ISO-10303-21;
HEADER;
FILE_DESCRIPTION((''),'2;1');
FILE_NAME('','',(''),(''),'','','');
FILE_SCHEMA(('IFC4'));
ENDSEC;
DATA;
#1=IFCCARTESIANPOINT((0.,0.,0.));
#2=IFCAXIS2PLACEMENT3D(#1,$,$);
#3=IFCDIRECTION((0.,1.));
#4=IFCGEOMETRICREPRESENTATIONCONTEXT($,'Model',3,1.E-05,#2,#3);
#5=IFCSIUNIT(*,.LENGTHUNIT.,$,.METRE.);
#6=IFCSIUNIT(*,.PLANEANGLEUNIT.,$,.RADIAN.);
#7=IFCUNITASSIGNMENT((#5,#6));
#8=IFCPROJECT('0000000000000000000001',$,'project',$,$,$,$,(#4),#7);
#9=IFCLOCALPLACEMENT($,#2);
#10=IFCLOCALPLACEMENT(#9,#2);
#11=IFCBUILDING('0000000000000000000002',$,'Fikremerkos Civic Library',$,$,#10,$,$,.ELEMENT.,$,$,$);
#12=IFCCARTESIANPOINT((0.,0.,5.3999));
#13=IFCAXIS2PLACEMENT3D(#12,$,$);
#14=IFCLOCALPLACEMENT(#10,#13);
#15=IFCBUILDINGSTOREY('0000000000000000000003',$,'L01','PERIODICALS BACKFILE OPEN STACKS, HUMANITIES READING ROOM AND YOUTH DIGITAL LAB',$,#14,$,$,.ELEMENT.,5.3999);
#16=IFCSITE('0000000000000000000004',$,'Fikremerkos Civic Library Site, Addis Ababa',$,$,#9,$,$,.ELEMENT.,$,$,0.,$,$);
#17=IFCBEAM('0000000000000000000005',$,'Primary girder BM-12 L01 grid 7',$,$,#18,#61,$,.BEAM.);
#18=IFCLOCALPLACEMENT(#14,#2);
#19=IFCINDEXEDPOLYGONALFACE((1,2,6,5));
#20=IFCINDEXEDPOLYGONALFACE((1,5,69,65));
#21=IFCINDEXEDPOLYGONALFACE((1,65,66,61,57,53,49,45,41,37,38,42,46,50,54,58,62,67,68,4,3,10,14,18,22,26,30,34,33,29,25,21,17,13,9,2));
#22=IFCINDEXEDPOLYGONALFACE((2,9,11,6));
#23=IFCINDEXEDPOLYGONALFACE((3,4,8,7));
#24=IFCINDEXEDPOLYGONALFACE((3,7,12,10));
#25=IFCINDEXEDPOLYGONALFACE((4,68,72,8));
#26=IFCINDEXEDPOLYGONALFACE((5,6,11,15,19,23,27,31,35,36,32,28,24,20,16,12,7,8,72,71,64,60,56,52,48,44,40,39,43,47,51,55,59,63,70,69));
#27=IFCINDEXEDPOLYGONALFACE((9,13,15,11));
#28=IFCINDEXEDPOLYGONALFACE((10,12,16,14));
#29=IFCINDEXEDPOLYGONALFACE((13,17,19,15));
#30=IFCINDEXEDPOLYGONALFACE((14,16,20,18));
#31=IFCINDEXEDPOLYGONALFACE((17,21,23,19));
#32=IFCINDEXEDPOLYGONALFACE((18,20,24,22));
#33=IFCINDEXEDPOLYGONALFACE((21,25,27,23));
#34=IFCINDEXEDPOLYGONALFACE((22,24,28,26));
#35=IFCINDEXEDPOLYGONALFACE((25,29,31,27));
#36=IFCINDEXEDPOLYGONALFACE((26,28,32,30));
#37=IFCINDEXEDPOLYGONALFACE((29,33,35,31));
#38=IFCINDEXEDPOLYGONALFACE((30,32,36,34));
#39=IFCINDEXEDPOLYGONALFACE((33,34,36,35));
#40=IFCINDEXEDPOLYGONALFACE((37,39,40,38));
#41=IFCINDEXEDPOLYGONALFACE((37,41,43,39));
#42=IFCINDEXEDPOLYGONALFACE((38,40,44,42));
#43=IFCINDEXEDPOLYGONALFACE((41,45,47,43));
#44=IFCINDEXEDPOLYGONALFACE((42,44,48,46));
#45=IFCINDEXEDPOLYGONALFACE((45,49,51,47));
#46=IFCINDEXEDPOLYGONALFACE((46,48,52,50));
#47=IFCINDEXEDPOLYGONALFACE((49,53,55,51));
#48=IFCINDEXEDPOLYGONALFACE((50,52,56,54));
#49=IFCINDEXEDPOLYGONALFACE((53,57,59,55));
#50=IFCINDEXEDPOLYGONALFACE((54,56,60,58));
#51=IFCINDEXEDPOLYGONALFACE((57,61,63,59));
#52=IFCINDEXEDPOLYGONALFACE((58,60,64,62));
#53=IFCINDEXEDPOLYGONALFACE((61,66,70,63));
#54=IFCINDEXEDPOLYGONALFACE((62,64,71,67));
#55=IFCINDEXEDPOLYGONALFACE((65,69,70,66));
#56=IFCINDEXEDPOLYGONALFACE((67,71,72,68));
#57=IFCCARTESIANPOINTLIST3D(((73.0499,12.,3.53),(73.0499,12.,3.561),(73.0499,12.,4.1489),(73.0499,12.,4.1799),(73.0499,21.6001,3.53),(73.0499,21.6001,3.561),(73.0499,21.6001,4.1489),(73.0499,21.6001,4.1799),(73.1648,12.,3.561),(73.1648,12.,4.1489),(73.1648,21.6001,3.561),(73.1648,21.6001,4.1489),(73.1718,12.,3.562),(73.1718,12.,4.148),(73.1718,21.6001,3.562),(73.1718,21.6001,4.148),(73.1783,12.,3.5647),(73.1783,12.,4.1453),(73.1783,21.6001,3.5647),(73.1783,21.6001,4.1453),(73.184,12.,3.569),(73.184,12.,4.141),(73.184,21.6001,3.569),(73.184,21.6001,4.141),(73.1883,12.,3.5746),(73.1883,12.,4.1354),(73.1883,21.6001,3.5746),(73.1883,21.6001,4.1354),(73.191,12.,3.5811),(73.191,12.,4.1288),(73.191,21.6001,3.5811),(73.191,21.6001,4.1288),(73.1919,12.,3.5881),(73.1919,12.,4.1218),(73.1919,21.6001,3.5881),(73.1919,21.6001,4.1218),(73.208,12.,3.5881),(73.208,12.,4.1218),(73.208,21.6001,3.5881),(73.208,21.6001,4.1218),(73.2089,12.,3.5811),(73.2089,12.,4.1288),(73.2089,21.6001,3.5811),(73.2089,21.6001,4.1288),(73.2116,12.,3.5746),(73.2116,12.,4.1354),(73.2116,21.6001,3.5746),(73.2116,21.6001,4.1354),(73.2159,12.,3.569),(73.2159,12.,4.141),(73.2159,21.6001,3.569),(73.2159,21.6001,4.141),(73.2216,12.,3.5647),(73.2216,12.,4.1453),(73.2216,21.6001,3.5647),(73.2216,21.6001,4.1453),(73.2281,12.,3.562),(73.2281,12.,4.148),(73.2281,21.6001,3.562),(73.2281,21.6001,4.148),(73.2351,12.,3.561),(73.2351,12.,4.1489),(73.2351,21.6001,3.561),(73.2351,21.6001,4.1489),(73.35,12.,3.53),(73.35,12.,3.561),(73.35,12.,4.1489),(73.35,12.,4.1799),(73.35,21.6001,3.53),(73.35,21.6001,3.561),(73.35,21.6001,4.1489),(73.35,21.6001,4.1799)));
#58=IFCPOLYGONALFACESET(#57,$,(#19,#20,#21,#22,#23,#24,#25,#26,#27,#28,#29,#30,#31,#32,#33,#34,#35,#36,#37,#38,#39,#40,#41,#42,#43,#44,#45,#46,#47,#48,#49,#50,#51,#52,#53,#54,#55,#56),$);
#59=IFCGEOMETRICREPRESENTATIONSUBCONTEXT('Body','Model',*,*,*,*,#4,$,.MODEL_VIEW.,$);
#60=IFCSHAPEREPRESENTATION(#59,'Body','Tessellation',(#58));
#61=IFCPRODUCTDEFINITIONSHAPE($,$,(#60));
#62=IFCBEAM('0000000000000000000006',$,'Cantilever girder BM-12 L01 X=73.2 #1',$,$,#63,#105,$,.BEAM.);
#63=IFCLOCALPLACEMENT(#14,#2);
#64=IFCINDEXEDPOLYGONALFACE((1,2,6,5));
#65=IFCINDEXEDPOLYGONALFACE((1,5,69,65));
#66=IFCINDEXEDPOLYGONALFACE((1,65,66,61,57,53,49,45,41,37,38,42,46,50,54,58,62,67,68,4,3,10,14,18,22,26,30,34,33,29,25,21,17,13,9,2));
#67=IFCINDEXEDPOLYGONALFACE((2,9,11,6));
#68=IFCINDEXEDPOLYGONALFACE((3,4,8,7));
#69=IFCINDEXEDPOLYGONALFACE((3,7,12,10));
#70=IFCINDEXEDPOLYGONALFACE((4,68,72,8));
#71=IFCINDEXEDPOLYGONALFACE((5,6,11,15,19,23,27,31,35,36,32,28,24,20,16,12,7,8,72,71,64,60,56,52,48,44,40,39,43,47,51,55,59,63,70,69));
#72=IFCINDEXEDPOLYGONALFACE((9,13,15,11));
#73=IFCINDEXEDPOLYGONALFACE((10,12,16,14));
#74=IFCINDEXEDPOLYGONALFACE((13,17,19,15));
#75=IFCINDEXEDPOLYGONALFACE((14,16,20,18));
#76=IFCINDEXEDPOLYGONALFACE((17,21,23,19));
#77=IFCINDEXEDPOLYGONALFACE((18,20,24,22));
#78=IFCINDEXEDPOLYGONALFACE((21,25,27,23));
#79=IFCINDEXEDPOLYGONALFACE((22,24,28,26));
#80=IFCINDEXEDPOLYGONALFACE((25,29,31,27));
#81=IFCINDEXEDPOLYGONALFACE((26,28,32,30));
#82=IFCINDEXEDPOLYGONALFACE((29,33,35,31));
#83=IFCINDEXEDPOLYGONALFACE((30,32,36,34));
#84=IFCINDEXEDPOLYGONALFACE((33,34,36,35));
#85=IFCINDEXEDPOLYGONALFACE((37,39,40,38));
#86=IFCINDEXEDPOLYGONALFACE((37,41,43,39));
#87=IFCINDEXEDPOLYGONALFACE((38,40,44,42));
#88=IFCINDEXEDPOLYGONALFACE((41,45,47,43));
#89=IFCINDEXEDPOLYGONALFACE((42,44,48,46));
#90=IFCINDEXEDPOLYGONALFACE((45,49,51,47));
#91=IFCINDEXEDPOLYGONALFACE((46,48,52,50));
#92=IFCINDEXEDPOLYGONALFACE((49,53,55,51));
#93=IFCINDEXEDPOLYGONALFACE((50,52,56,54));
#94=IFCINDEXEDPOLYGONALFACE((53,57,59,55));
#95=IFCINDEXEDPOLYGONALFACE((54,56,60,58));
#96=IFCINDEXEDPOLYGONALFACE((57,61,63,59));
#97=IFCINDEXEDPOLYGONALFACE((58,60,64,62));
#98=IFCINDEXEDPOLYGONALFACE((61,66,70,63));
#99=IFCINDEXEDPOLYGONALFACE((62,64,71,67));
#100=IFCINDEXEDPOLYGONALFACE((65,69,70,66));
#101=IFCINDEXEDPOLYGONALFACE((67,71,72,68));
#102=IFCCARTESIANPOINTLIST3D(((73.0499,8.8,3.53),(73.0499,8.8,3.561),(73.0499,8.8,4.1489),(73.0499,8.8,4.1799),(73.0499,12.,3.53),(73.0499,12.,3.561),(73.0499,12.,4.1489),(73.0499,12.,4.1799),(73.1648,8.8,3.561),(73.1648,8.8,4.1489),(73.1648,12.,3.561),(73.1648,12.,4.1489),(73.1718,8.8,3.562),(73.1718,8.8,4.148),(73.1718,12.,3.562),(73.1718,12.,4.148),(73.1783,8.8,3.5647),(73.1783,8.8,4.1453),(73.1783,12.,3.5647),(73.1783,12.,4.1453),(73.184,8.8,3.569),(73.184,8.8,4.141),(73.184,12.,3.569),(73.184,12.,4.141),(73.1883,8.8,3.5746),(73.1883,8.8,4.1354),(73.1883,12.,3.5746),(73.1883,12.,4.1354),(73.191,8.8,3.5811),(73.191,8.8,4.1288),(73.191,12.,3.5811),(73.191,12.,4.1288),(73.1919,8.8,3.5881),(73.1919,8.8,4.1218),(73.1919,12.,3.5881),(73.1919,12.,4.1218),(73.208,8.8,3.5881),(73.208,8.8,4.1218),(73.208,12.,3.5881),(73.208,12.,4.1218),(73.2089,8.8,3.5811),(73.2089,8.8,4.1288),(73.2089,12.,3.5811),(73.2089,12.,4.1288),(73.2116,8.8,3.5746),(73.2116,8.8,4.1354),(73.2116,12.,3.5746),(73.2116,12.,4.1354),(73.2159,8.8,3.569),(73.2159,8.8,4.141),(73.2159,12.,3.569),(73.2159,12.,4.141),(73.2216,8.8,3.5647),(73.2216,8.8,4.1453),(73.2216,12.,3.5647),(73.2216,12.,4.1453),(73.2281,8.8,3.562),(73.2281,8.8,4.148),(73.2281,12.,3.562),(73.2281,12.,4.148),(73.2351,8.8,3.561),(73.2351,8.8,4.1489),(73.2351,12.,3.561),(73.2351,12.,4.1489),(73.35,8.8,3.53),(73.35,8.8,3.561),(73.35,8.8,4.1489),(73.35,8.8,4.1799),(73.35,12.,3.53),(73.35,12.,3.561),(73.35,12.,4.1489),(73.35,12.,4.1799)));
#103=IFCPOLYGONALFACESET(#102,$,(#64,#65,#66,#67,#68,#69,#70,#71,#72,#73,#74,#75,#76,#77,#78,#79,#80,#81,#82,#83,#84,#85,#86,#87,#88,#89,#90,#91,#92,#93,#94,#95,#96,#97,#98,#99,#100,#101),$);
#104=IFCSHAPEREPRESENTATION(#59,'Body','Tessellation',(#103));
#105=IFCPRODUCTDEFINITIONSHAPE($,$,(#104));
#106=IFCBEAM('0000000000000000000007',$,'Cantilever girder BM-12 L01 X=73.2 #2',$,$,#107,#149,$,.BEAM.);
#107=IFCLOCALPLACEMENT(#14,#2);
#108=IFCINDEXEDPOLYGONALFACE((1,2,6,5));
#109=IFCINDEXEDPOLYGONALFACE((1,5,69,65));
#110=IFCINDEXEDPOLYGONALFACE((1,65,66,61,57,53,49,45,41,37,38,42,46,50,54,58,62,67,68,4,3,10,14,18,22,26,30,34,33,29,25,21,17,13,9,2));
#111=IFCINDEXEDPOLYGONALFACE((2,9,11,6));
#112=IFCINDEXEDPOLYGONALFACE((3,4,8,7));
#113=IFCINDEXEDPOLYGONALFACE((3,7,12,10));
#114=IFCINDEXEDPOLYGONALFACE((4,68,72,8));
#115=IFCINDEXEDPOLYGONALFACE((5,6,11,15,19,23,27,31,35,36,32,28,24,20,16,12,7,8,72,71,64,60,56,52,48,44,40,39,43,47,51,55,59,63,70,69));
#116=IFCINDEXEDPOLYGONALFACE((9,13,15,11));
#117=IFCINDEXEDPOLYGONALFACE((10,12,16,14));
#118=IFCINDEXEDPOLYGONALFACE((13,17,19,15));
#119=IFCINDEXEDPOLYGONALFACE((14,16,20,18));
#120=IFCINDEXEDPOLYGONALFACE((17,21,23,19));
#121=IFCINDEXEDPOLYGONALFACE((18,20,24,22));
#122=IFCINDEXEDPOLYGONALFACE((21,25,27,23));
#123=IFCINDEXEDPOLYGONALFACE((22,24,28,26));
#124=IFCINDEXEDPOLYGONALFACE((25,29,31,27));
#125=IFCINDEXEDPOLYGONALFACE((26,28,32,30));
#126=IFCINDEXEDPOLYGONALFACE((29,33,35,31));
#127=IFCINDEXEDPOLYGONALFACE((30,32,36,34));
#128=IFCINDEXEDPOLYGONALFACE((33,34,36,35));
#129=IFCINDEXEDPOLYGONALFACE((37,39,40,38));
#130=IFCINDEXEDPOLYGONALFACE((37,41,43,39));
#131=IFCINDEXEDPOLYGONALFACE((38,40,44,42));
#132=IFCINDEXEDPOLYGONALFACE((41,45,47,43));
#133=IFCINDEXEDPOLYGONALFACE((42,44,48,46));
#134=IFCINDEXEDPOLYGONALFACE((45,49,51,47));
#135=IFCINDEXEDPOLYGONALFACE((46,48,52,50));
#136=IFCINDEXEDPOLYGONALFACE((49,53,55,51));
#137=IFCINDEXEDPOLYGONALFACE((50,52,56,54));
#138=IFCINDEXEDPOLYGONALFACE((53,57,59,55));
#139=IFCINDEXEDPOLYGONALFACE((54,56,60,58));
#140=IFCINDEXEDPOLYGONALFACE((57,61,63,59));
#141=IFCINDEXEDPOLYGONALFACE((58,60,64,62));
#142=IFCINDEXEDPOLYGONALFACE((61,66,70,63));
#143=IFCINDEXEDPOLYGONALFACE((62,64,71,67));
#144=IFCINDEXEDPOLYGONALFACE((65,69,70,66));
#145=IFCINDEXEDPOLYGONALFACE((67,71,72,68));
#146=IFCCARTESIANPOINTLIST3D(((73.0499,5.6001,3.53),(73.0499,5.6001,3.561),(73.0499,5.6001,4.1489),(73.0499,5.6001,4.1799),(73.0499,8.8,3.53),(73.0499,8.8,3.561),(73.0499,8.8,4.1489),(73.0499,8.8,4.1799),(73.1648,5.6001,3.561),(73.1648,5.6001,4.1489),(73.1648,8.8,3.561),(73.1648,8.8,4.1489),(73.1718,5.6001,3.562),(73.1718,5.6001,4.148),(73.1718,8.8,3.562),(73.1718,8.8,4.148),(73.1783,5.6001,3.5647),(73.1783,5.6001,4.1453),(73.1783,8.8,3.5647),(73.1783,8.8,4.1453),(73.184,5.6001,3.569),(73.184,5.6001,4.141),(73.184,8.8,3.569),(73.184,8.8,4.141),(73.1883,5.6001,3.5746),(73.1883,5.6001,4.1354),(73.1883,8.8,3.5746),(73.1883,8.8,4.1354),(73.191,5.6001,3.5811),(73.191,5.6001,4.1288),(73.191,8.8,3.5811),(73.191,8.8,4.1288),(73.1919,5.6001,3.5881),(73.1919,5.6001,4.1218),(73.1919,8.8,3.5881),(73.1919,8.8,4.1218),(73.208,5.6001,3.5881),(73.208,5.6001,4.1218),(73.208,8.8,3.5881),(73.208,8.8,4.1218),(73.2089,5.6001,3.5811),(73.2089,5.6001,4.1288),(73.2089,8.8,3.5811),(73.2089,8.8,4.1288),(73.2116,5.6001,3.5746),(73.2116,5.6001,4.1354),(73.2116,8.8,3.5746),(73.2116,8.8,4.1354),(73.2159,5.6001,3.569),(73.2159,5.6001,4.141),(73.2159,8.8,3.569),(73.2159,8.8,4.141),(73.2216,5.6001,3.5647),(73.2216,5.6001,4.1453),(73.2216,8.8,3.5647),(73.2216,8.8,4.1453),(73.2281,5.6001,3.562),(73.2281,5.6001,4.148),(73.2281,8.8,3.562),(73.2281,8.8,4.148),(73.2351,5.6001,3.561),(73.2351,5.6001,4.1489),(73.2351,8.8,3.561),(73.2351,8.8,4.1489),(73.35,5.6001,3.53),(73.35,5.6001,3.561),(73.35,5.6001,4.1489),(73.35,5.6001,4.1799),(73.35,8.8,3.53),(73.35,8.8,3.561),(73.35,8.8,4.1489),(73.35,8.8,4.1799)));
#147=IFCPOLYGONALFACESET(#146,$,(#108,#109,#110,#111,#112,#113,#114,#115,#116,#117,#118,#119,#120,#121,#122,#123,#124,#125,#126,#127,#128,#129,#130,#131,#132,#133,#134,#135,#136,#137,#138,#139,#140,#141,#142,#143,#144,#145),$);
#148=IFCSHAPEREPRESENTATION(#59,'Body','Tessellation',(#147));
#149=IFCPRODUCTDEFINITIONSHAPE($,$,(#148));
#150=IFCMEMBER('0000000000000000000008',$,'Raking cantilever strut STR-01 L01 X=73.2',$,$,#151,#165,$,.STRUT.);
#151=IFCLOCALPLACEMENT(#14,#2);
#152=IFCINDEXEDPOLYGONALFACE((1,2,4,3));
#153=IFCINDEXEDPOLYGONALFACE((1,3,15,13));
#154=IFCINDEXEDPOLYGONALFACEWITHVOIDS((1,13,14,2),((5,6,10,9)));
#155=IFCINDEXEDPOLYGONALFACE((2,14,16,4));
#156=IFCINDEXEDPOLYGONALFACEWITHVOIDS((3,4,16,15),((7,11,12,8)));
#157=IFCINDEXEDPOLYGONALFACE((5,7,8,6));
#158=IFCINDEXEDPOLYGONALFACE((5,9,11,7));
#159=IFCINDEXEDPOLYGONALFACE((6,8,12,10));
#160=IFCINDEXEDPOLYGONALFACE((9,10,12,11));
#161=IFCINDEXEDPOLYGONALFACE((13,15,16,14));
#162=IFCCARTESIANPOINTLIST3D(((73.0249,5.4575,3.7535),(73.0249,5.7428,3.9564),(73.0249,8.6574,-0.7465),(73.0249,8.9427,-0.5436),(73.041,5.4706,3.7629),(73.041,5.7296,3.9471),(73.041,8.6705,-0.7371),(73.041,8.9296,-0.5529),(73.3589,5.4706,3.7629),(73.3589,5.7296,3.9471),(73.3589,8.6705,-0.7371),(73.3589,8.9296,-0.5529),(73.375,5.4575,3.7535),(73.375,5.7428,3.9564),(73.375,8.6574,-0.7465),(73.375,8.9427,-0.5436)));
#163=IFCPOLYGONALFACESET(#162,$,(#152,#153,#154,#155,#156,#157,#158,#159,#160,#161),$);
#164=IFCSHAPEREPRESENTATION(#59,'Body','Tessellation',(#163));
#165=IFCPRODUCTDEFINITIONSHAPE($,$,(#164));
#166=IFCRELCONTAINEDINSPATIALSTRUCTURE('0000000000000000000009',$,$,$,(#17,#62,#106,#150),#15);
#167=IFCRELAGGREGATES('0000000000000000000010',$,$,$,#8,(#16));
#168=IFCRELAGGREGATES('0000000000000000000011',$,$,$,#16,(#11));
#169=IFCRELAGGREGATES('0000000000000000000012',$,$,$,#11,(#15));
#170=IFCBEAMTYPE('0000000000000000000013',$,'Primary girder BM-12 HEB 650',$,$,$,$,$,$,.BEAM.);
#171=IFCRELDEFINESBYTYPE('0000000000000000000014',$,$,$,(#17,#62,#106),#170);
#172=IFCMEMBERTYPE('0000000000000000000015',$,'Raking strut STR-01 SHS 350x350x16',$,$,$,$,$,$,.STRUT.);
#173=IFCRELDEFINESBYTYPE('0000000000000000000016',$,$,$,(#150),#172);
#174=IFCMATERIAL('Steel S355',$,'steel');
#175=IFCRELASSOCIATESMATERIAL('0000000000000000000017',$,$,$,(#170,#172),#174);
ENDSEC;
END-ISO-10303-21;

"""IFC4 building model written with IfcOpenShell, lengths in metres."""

from ifc_helpers import new_model, si_unit, direction, frame, origin, origin_2d, place, context, subcontext, project, spatial, hollow_rectangle, i_section, extrude, material, material_profile, profile_set, type_object, element, save


model = new_model("IFC4")

# Units and contexts
model_context = context("Model", 3, precision=1e-05, world=origin(), true_north=direction((0.0, 1.0)))
body_context = subcontext(model_context, "Body", "Model", "MODEL_VIEW")
ifc_project = project(units=[si_unit("LENGTHUNIT", "METRE"), si_unit("PLANEANGLEUNIT", "RADIAN")], contexts=[model_context])

# Site, building, storey
site_placement = place(None, origin())
site = spatial("IfcSite", under=ifc_project, at=site_placement, Name="Fikremerkos Civic Library Site, Addis Ababa", CompositionType="ELEMENT", RefElevation=0.0)
building_placement = place(site_placement, origin())
building = spatial("IfcBuilding", under=site, at=building_placement, Name="Fikremerkos Civic Library", CompositionType="ELEMENT")
storey_placement = place(building_placement, frame((0.0, 0.0, 5.3999)))
storey = spatial("IfcBuildingStorey", under=building, at=storey_placement, Name="L01", Description="PERIODICALS BACKFILE OPEN STACKS, HUMANITIES READING ROOM AND YOUTH DIGITAL LAB", CompositionType="ELEMENT", Elevation=5.3999)

# Shared definitions
ifc_material_1 = material(Name="Steel S355", Category="steel")

# Beams
ifc_material_profile_1 = material_profile(ifc_material_1, i_section(OverallWidth=0.3, OverallDepth=0.6499, WebThickness=0.0161, FlangeThickness=0.031, FilletRadius=0.0271, at=origin_2d()), Name="HEB 650")
ifc_profile_set_1 = profile_set([ifc_material_profile_1], Name="Steel S355")
beam_type_1 = type_object("IfcBeamType", Name="Primary girder BM-12 HEB 650", PredefinedType="BEAM", material=ifc_profile_set_1)
beam_1_placement = place(storey_placement, frame((73.2, 12.0, 3.855), z_axis=(0.0, 1.0, 0.0), x_axis=(-1.0, 0.0, 0.0)))
element("IfcBeam", 1, at=beam_1_placement, inside=storey, type_object=beam_type_1, Name="Primary girder BM-12 L01 grid 7", PredefinedType="BEAM", context=body_context, shape_type="SweptSolid", body=[
    extrude(i_section(OverallWidth=0.3, OverallDepth=0.6499, WebThickness=0.0161, FlangeThickness=0.031, FilletRadius=0.0271, at=origin_2d()), origin(), (0.0, 0.0, 1.0), 9.6001),
])
for number, where, z_axis, x_axis, name in (
    (2, (73.2, 12.0, 3.855), (0.0, -1.0, 0.0), (1.0, 0.0, 0.0), "Cantilever girder BM-12 L01 X=73.2 #1"),
    (3, (73.2, 8.8, 3.855), (0.0, -1.0, 0.0), (1.0, 0.0, 0.0), "Cantilever girder BM-12 L01 X=73.2 #2"),
):
    element("IfcBeam", number, at=place(storey_placement, frame(where, z_axis=z_axis, x_axis=x_axis)), inside=storey, type_object=beam_type_1, Name=name, PredefinedType="BEAM", context=body_context, shape_type="SweptSolid", body=[
        extrude(i_section(OverallWidth=0.3, OverallDepth=0.6499, WebThickness=0.0161, FlangeThickness=0.031, FilletRadius=0.0271, at=origin_2d()), origin(), (0.0, 0.0, 1.0), 3.2),
    ])

# Member
ifc_material_profile_2 = material_profile(ifc_material_1, hollow_rectangle(XDim=0.3501, YDim=0.3501, WallThickness=0.0161, at=origin_2d()), Name="SHS 350x350x16")
ifc_profile_set_2 = profile_set([ifc_material_profile_2], Name="Steel S355")
member_type_1 = type_object("IfcMemberType", Name="Raking strut STR-01 SHS 350x350x16", PredefinedType="STRUT", material=ifc_profile_set_2)
member_1_placement = place(storey_placement, frame((73.2, 8.8, -0.645), z_axis=(0.0, -0.579518, 0.81496), x_axis=(1.0, 0.0, 0.0)))
element("IfcMember", 4, at=member_1_placement, inside=storey, type_object=member_type_1, Name="Raking cantilever strut STR-01 L01 X=73.2", PredefinedType="STRUT", context=body_context, shape_type="SweptSolid", body=[
    extrude(hollow_rectangle(XDim=0.3501, YDim=0.3501, WallThickness=0.0161, at=origin_2d()), origin(), (0.0, 0.0, 1.0), 5.5217),
])

save(model, "model.ifc")
